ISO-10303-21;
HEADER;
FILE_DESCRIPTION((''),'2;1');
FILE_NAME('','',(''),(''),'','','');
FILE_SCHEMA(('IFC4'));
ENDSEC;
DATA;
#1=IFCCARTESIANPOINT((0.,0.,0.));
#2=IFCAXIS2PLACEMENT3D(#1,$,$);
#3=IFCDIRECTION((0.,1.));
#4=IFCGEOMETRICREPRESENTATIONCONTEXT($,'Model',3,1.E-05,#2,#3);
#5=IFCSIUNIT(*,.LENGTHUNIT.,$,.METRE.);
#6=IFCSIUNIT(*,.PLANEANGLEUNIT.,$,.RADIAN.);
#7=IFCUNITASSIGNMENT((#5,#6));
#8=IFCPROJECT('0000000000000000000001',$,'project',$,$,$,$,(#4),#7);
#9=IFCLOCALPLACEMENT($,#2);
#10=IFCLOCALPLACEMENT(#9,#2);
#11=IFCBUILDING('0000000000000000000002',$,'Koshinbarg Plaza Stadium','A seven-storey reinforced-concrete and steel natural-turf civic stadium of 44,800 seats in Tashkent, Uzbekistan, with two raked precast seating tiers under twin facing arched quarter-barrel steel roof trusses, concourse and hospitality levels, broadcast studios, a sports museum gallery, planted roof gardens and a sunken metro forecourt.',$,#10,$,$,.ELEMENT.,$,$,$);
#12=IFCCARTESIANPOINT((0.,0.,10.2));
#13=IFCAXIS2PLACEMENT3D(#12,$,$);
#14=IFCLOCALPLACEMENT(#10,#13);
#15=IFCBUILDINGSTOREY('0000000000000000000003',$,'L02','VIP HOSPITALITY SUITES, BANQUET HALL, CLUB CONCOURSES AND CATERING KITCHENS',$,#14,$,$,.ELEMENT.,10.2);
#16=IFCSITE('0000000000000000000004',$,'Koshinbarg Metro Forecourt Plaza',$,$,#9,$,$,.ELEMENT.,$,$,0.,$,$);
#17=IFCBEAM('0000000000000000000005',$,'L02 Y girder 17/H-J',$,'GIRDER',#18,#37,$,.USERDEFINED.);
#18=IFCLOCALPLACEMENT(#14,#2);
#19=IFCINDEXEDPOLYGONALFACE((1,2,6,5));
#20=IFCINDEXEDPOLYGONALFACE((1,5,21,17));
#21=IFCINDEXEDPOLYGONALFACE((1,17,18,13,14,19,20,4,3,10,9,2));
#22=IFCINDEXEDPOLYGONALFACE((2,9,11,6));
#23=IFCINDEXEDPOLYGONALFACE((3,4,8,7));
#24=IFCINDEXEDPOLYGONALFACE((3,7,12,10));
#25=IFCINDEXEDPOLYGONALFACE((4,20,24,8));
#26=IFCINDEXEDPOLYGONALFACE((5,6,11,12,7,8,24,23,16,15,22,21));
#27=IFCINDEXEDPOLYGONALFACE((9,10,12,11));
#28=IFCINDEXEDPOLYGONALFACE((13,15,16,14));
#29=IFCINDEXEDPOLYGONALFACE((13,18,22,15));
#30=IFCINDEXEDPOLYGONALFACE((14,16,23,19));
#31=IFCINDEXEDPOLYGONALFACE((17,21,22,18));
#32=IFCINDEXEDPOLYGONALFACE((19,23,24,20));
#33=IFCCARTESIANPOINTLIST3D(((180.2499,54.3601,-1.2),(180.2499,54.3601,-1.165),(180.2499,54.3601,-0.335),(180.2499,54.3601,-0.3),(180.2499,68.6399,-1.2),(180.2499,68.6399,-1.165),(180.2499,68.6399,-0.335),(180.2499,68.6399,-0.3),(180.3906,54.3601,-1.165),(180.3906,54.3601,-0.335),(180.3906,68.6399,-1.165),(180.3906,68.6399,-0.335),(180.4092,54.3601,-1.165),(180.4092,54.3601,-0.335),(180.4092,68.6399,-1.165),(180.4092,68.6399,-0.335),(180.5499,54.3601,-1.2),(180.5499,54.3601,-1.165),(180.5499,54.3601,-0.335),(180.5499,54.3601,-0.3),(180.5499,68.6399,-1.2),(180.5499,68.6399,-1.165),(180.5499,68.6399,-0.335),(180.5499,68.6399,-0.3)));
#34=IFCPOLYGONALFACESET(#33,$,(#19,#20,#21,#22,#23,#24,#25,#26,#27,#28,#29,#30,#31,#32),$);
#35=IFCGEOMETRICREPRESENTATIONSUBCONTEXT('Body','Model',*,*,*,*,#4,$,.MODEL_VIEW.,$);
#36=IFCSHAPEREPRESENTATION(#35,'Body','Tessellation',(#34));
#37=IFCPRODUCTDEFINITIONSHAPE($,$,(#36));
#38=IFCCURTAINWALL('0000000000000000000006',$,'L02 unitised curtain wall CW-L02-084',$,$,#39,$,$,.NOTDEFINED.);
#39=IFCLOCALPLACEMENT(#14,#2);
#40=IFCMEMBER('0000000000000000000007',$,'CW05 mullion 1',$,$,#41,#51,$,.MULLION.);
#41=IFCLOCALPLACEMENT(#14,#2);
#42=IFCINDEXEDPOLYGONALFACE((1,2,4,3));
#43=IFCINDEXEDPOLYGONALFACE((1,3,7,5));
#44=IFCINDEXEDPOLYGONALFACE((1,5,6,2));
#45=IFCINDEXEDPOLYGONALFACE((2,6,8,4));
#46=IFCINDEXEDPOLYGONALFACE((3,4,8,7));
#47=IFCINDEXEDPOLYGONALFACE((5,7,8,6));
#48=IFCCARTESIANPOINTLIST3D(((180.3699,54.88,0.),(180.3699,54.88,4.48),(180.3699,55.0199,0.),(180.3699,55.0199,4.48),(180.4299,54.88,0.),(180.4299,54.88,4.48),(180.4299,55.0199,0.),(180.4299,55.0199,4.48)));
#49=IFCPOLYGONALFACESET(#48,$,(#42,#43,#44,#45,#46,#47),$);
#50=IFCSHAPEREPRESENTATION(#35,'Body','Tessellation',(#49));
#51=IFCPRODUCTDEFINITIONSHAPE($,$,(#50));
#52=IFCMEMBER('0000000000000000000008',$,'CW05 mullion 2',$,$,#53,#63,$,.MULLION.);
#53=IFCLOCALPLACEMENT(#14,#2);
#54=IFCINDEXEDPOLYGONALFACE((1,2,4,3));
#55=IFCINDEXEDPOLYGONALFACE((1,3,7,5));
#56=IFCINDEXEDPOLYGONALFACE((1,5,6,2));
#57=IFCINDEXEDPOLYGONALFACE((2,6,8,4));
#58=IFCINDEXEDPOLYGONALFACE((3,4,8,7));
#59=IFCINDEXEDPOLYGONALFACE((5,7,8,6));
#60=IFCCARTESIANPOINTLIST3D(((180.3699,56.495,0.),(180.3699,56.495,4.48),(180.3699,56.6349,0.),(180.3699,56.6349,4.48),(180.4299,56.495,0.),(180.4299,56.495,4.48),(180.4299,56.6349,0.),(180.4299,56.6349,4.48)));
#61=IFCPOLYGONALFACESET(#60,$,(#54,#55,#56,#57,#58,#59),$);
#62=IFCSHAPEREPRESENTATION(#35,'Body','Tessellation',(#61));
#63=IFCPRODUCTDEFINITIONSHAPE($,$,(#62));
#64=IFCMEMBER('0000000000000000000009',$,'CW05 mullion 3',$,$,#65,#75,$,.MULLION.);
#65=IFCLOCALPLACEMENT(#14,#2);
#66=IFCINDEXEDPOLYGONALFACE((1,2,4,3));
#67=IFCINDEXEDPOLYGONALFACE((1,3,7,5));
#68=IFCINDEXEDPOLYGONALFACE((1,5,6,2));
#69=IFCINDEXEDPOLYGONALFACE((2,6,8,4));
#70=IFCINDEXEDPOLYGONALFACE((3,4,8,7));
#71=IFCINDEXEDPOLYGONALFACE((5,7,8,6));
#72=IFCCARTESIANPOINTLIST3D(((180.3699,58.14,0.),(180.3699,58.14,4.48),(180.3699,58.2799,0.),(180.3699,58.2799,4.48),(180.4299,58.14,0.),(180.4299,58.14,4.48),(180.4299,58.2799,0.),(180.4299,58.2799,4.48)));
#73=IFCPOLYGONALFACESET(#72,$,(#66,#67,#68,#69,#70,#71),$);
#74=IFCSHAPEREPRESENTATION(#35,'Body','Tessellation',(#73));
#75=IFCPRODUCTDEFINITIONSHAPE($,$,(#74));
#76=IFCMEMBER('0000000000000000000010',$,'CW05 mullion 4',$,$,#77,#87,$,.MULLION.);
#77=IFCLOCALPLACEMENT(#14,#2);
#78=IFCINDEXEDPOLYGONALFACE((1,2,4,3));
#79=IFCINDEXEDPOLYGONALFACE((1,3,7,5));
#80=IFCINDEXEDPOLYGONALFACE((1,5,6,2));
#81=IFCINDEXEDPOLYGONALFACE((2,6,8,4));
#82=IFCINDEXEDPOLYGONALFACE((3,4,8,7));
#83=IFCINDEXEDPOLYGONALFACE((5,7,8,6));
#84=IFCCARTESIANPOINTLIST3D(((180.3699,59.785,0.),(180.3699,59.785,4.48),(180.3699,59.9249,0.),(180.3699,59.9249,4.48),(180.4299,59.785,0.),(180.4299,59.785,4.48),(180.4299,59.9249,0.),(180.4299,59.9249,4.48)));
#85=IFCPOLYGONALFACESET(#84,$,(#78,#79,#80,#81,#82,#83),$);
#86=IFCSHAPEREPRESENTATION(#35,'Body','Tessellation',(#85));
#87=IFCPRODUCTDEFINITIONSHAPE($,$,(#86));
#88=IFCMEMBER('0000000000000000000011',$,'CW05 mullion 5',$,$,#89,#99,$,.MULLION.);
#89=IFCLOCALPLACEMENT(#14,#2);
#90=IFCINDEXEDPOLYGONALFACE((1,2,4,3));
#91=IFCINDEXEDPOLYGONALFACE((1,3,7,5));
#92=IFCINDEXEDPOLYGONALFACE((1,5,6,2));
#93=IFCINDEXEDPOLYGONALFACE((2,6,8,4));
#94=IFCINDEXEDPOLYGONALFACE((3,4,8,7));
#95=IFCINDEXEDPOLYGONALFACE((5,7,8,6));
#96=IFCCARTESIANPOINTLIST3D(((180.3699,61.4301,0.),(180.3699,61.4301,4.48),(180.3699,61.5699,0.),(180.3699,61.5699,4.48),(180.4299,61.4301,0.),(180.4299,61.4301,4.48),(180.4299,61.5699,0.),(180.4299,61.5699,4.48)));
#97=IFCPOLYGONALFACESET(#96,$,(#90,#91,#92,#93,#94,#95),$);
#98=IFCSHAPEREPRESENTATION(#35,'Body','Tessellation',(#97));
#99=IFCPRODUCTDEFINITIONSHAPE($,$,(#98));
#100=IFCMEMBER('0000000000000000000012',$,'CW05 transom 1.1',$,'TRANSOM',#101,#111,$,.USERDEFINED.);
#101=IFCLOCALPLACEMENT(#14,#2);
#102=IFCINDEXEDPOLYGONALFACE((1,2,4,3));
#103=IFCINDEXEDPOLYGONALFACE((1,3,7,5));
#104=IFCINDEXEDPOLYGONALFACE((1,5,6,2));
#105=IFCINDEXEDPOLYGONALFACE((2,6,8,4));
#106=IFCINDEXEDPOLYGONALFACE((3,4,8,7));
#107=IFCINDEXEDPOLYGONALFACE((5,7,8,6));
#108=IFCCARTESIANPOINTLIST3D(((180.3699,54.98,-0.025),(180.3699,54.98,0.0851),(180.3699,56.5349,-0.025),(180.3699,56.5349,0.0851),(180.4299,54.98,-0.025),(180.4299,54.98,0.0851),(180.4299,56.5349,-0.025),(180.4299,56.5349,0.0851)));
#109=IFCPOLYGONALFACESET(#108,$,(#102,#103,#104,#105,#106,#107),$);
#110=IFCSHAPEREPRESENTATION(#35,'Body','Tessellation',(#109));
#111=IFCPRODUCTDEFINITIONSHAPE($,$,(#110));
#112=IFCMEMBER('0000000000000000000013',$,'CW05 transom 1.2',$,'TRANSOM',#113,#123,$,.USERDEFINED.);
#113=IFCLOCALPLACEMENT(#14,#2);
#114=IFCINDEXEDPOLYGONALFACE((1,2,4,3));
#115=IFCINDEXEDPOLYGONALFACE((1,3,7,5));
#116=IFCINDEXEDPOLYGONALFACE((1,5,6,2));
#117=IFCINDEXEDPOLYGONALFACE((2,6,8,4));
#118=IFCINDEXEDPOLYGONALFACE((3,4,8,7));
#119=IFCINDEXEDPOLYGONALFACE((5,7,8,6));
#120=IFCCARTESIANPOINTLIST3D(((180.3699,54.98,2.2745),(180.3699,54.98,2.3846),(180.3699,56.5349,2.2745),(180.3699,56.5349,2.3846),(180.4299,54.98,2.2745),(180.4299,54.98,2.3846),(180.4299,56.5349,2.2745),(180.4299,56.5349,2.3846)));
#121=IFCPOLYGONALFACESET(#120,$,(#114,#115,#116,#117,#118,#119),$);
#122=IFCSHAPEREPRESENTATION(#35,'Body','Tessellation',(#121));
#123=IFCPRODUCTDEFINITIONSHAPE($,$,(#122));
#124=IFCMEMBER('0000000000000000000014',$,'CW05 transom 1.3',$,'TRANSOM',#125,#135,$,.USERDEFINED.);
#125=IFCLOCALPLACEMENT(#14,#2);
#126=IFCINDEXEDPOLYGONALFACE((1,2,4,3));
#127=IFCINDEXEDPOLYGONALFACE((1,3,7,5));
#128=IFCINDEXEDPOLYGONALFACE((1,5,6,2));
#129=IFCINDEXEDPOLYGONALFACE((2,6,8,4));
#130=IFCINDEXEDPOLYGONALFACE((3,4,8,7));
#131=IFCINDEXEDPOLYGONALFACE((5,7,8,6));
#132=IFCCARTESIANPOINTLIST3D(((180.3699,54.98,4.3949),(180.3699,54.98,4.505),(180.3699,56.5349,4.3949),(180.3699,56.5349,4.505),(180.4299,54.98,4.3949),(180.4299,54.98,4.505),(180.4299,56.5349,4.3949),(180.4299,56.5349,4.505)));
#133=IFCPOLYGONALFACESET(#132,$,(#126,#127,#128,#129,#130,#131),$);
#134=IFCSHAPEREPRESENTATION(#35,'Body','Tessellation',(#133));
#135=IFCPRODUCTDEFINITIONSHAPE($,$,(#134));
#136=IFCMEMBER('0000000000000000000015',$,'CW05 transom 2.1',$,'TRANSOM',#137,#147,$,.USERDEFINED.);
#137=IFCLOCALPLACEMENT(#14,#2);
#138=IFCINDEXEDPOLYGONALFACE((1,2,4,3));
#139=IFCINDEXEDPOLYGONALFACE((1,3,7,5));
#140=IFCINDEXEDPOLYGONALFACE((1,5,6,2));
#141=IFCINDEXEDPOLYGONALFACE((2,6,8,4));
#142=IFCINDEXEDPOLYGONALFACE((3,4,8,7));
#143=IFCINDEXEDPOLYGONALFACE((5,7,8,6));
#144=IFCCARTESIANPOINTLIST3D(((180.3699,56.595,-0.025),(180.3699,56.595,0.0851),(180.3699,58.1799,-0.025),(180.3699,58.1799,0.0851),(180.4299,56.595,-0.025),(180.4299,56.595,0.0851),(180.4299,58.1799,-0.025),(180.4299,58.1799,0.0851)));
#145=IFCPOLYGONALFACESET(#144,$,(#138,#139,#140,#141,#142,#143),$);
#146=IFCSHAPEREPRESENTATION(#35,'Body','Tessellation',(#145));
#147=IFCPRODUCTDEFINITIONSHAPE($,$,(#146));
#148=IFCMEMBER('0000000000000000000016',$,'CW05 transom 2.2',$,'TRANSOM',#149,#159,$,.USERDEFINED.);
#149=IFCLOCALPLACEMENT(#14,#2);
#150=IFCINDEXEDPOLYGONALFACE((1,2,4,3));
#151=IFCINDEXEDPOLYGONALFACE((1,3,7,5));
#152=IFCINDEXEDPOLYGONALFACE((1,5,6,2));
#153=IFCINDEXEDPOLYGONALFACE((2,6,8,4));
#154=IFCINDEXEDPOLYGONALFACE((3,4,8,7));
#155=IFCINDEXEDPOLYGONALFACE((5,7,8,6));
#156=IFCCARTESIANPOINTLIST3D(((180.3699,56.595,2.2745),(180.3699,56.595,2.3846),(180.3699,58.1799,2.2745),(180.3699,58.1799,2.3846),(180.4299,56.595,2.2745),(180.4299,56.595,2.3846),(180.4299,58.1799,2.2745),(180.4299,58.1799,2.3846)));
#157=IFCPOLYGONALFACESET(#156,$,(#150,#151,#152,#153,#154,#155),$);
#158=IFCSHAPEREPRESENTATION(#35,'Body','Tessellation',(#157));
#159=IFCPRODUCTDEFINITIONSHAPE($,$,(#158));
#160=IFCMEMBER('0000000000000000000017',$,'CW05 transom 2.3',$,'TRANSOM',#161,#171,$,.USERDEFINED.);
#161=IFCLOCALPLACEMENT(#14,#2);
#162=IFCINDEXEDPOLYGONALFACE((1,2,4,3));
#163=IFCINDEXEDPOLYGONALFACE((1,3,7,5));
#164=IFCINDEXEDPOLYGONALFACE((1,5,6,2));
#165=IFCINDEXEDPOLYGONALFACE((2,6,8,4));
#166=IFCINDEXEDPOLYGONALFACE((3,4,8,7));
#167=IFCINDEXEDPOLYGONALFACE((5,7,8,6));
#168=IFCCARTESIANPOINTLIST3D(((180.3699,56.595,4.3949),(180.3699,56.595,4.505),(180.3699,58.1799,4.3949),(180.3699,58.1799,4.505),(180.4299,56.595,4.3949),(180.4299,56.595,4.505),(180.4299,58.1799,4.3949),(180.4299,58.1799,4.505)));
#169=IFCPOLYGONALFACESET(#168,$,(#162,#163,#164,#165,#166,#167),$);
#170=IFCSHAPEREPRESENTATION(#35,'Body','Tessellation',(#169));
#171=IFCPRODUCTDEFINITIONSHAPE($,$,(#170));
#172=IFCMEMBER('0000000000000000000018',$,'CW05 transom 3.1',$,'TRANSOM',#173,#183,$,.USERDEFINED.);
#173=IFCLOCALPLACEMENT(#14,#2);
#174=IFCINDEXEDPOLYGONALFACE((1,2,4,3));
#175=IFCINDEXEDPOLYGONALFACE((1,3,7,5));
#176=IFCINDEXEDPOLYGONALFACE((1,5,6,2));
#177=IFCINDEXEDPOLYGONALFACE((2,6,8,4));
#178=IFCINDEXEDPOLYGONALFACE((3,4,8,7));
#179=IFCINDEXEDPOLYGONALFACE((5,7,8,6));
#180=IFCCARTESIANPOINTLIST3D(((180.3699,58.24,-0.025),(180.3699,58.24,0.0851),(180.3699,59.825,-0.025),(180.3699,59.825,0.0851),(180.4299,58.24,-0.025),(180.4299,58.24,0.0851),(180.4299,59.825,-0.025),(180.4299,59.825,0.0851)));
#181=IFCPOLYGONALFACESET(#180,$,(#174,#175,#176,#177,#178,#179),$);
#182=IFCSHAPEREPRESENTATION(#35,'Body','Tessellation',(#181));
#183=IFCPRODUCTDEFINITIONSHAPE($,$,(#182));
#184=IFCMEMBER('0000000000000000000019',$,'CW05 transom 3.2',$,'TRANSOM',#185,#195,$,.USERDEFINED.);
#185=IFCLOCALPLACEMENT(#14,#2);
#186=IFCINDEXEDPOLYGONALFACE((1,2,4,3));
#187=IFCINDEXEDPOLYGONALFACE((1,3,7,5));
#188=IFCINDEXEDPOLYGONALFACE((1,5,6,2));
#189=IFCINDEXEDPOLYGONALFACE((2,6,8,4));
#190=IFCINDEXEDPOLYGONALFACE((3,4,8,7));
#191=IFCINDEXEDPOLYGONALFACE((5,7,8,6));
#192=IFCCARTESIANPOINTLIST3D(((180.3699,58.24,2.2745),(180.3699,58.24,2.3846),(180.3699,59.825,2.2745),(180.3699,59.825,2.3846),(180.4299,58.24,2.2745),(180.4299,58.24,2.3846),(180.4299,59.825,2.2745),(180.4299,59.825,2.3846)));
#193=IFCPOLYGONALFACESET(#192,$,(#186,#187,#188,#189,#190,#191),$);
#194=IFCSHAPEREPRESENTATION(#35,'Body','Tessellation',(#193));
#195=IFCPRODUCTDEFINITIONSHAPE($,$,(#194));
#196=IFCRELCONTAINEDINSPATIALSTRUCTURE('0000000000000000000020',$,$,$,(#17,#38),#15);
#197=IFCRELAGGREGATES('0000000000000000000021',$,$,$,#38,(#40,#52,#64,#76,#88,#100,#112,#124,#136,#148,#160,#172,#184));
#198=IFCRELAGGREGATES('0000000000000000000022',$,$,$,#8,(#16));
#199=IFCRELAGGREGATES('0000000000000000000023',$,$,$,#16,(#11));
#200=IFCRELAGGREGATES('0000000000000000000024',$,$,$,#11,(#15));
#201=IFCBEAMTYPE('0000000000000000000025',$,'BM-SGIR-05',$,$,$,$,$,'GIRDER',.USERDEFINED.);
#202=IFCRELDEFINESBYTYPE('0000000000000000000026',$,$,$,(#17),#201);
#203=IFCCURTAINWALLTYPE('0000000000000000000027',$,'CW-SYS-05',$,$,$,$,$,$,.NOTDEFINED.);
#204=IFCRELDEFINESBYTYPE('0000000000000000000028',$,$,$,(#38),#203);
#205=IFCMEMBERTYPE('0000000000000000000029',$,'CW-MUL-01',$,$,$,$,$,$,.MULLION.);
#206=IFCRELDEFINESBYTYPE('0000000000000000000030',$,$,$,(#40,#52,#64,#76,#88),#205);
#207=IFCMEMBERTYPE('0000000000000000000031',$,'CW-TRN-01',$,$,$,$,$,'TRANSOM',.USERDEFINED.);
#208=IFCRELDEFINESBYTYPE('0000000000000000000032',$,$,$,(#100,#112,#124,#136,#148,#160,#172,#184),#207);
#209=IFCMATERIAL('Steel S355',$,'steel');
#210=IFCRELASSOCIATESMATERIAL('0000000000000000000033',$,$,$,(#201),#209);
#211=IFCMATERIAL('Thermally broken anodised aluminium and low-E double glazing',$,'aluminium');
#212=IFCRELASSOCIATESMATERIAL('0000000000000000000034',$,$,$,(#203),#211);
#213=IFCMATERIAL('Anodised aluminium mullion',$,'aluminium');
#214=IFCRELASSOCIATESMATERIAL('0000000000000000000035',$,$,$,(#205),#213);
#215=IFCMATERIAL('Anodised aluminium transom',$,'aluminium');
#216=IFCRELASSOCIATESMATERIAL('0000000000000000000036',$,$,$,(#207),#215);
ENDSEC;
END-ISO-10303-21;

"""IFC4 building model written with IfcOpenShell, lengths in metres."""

from ifc_helpers import new_model, si_unit, direction, frame, origin, origin_2d, place, context, subcontext, project, spatial, rectangle, i_section, extrude, material, material_profile, profile_set, type_object, element, aggregate, save


model = new_model("IFC4")

# Units and contexts
model_context = context("Model", 3, precision=1e-05, world=origin(), true_north=direction((0.0, 1.0)))
body_context = subcontext(model_context, "Body", "Model", "MODEL_VIEW")
ifc_project = project(units=[si_unit("LENGTHUNIT", "METRE"), si_unit("PLANEANGLEUNIT", "RADIAN")], contexts=[model_context])

# Site, building, storey
site_placement = place(None, origin())
site = spatial("IfcSite", under=ifc_project, at=site_placement, Name="Koshinbarg Metro Forecourt Plaza", CompositionType="ELEMENT", RefElevation=0.0)
building_placement = place(site_placement, origin())
building = spatial("IfcBuilding", under=site, at=building_placement, Name="Koshinbarg Plaza Stadium", Description="A seven-storey reinforced-concrete and steel natural-turf civic stadium of 44,800 seats in Tashkent, Uzbekistan, with two raked precast seating tiers under twin facing arched quarter-barrel steel roof trusses, concourse and hospitality levels, broadcast studios, a sports museum gallery, planted roof gardens and a sunken metro forecourt.", CompositionType="ELEMENT")
storey_placement = place(building_placement, frame((0.0, 0.0, 10.2)))
storey = spatial("IfcBuildingStorey", under=building, at=storey_placement, Name="L02", Description="VIP HOSPITALITY SUITES, BANQUET HALL, CLUB CONCOURSES AND CATERING KITCHENS", CompositionType="ELEMENT", Elevation=10.2)

# Beam
ifc_material_1 = material(Name="Steel S355", Category="steel")
ifc_material_profile_1 = material_profile(ifc_material_1, i_section(OverallWidth=0.3, OverallDepth=0.8999, WebThickness=0.0186, FlangeThickness=0.0349, at=origin_2d()), Name="HEB 900")
ifc_profile_set_1 = profile_set([ifc_material_profile_1], Name="Steel S355")
beam_type = type_object("IfcBeamType", Name="BM-SGIR-05", ElementType="GIRDER", PredefinedType="USERDEFINED", material=ifc_profile_set_1)
beam_placement = place(storey_placement, frame((180.3999, 54.3601, -0.75), z_axis=(0.0, 1.0, 0.0), x_axis=(-1.0, 0.0, 0.0)))
element("IfcBeam", 1, at=beam_placement, inside=storey, type_object=beam_type, Name="L02 Y girder 17/H-J", ObjectType="GIRDER", PredefinedType="USERDEFINED", context=body_context, shape_type="SweptSolid", body=[
    extrude(i_section(OverallWidth=0.3, OverallDepth=0.8999, WebThickness=0.0186, FlangeThickness=0.0349, at=origin_2d()), origin(), (0.0, 0.0, 1.0), 14.2798),
])

# Curtain wall, members
ifc_material_2 = material(Name="Thermally broken anodised aluminium and low-E double glazing", Category="aluminium")
curtain_wall_type = type_object("IfcCurtainWallType", Name="CW-SYS-05", PredefinedType="NOTDEFINED", material=ifc_material_2)
curtain_wall_placement = place(storey_placement, origin())
curtain_wall = element("IfcCurtainWall", 2, at=curtain_wall_placement, inside=storey, type_object=curtain_wall_type, Name="L02 unitised curtain wall CW-L02-084", PredefinedType="NOTDEFINED")
ifc_material_3 = material(Name="Anodised aluminium mullion", Category="aluminium")
ifc_material_profile_2 = material_profile(ifc_material_3, rectangle(XDim=0.0601, YDim=0.1399, at=origin_2d()), Name="ALU 60x140")
ifc_profile_set_2 = profile_set([ifc_material_profile_2], Name="Anodised aluminium mullion")
member_type_1 = type_object("IfcMemberType", Name="CW-MUL-01", PredefinedType="MULLION", material=ifc_profile_set_2)
member_1_placement = place(storey_placement, frame((180.3999, 54.95, 0.0), z_axis=(0.0, 0.0, 1.0), x_axis=(-1.0, 0.0, 0.0)))
member_1 = element("IfcMember", 3, at=member_1_placement, type_object=member_type_1, Name="CW05 mullion 1", PredefinedType="MULLION", context=body_context, shape_type="SweptSolid", body=[
    extrude(rectangle(XDim=0.0601, YDim=0.1399, at=origin_2d()), origin(), (0.0, 0.0, 1.0), 4.48),
])
member_2_placement = place(storey_placement, frame((180.3999, 56.5649, 0.0), z_axis=(0.0, 0.0, 1.0), x_axis=(-1.0, 0.0, 0.0)))
member_2 = element("IfcMember", 4, at=member_2_placement, type_object=member_type_1, Name="CW05 mullion 2", PredefinedType="MULLION", context=body_context, shape_type="SweptSolid", body=[
    extrude(rectangle(XDim=0.0601, YDim=0.1399, at=origin_2d()), origin(), (0.0, 0.0, 1.0), 4.48),
])
member_3_placement = place(storey_placement, frame((180.3999, 58.21, 0.0), z_axis=(0.0, 0.0, 1.0), x_axis=(-1.0, 0.0, 0.0)))
member_3 = element("IfcMember", 5, at=member_3_placement, type_object=member_type_1, Name="CW05 mullion 3", PredefinedType="MULLION", context=body_context, shape_type="SweptSolid", body=[
    extrude(rectangle(XDim=0.0601, YDim=0.1399, at=origin_2d()), origin(), (0.0, 0.0, 1.0), 4.48),
])
member_4_placement = place(storey_placement, frame((180.3999, 59.855, 0.0), z_axis=(0.0, 0.0, 1.0), x_axis=(-1.0, 0.0, 0.0)))
member_4 = element("IfcMember", 6, at=member_4_placement, type_object=member_type_1, Name="CW05 mullion 4", PredefinedType="MULLION", context=body_context, shape_type="SweptSolid", body=[
    extrude(rectangle(XDim=0.0601, YDim=0.1399, at=origin_2d()), origin(), (0.0, 0.0, 1.0), 4.48),
])
member_5_placement = place(storey_placement, frame((180.3999, 61.5, 0.0), z_axis=(0.0, 0.0, 1.0), x_axis=(-1.0, 0.0, 0.0)))
member_5 = element("IfcMember", 7, at=member_5_placement, type_object=member_type_1, Name="CW05 mullion 5", PredefinedType="MULLION", context=body_context, shape_type="SweptSolid", body=[
    extrude(rectangle(XDim=0.0601, YDim=0.1399, at=origin_2d()), origin(), (0.0, 0.0, 1.0), 4.48),
])
ifc_material_4 = material(Name="Anodised aluminium transom", Category="aluminium")
ifc_material_profile_3 = material_profile(ifc_material_4, rectangle(XDim=0.0601, YDim=0.1101, at=origin_2d()), Name="ALU 60x110")
ifc_profile_set_3 = profile_set([ifc_material_profile_3], Name="Anodised aluminium transom")
member_type_2 = type_object("IfcMemberType", Name="CW-TRN-01", ElementType="TRANSOM", PredefinedType="USERDEFINED", material=ifc_profile_set_3)
member_6_placement = place(storey_placement, frame((180.3999, 54.98, 0.03), z_axis=(0.0, 1.0, 0.0), x_axis=(-1.0, 0.0, 0.0)))
member_6 = element("IfcMember", 8, at=member_6_placement, type_object=member_type_2, Name="CW05 transom 1.1", ObjectType="TRANSOM", PredefinedType="USERDEFINED", context=body_context, shape_type="SweptSolid", body=[
    extrude(rectangle(XDim=0.0601, YDim=0.1101, at=origin_2d()), origin(), (0.0, 0.0, 1.0), 1.5549),
])
member_7_placement = place(storey_placement, frame((180.3999, 54.98, 2.3296), z_axis=(0.0, 1.0, 0.0), x_axis=(-1.0, 0.0, 0.0)))
member_7 = element("IfcMember", 9, at=member_7_placement, type_object=member_type_2, Name="CW05 transom 1.2", ObjectType="TRANSOM", PredefinedType="USERDEFINED", context=body_context, shape_type="SweptSolid", body=[
    extrude(rectangle(XDim=0.0601, YDim=0.1101, at=origin_2d()), origin(), (0.0, 0.0, 1.0), 1.5549),
])
member_8_placement = place(storey_placement, frame((180.3999, 54.98, 4.45), z_axis=(0.0, 1.0, 0.0), x_axis=(-1.0, 0.0, 0.0)))
member_8 = element("IfcMember", 10, at=member_8_placement, type_object=member_type_2, Name="CW05 transom 1.3", ObjectType="TRANSOM", PredefinedType="USERDEFINED", context=body_context, shape_type="SweptSolid", body=[
    extrude(rectangle(XDim=0.0601, YDim=0.1101, at=origin_2d()), origin(), (0.0, 0.0, 1.0), 1.5549),
])
member_9_placement = place(storey_placement, frame((180.3999, 56.595, 0.03), z_axis=(0.0, 1.0, 0.0), x_axis=(-1.0, 0.0, 0.0)))
member_9 = element("IfcMember", 11, at=member_9_placement, type_object=member_type_2, Name="CW05 transom 2.1", ObjectType="TRANSOM", PredefinedType="USERDEFINED", context=body_context, shape_type="SweptSolid", body=[
    extrude(rectangle(XDim=0.0601, YDim=0.1101, at=origin_2d()), origin(), (0.0, 0.0, 1.0), 1.585),
])
member_10_placement = place(storey_placement, frame((180.3999, 56.595, 2.3296), z_axis=(0.0, 1.0, 0.0), x_axis=(-1.0, 0.0, 0.0)))
member_10 = element("IfcMember", 12, at=member_10_placement, type_object=member_type_2, Name="CW05 transom 2.2", ObjectType="TRANSOM", PredefinedType="USERDEFINED", context=body_context, shape_type="SweptSolid", body=[
    extrude(rectangle(XDim=0.0601, YDim=0.1101, at=origin_2d()), origin(), (0.0, 0.0, 1.0), 1.585),
])
member_11_placement = place(storey_placement, frame((180.3999, 56.595, 4.45), z_axis=(0.0, 1.0, 0.0), x_axis=(-1.0, 0.0, 0.0)))
member_11 = element("IfcMember", 13, at=member_11_placement, type_object=member_type_2, Name="CW05 transom 2.3", ObjectType="TRANSOM", PredefinedType="USERDEFINED", context=body_context, shape_type="SweptSolid", body=[
    extrude(rectangle(XDim=0.0601, YDim=0.1101, at=origin_2d()), origin(), (0.0, 0.0, 1.0), 1.585),
])
member_12_placement = place(storey_placement, frame((180.3999, 58.24, 0.03), z_axis=(0.0, 1.0, 0.0), x_axis=(-1.0, 0.0, 0.0)))
member_12 = element("IfcMember", 14, at=member_12_placement, type_object=member_type_2, Name="CW05 transom 3.1", ObjectType="TRANSOM", PredefinedType="USERDEFINED", context=body_context, shape_type="SweptSolid", body=[
    extrude(rectangle(XDim=0.0601, YDim=0.1101, at=origin_2d()), origin(), (0.0, 0.0, 1.0), 1.585),
])
member_13_placement = place(storey_placement, frame((180.3999, 58.24, 2.3296), z_axis=(0.0, 1.0, 0.0), x_axis=(-1.0, 0.0, 0.0)))
member_13 = element("IfcMember", 15, at=member_13_placement, type_object=member_type_2, Name="CW05 transom 3.2", ObjectType="TRANSOM", PredefinedType="USERDEFINED", context=body_context, shape_type="SweptSolid", body=[
    extrude(rectangle(XDim=0.0601, YDim=0.1101, at=origin_2d()), origin(), (0.0, 0.0, 1.0), 1.585),
])
aggregate(curtain_wall, [member_1, member_2, member_3, member_4, member_5, member_6, member_7, member_8, member_9, member_10, member_11, member_12, member_13])

save(model, "model.ifc")
